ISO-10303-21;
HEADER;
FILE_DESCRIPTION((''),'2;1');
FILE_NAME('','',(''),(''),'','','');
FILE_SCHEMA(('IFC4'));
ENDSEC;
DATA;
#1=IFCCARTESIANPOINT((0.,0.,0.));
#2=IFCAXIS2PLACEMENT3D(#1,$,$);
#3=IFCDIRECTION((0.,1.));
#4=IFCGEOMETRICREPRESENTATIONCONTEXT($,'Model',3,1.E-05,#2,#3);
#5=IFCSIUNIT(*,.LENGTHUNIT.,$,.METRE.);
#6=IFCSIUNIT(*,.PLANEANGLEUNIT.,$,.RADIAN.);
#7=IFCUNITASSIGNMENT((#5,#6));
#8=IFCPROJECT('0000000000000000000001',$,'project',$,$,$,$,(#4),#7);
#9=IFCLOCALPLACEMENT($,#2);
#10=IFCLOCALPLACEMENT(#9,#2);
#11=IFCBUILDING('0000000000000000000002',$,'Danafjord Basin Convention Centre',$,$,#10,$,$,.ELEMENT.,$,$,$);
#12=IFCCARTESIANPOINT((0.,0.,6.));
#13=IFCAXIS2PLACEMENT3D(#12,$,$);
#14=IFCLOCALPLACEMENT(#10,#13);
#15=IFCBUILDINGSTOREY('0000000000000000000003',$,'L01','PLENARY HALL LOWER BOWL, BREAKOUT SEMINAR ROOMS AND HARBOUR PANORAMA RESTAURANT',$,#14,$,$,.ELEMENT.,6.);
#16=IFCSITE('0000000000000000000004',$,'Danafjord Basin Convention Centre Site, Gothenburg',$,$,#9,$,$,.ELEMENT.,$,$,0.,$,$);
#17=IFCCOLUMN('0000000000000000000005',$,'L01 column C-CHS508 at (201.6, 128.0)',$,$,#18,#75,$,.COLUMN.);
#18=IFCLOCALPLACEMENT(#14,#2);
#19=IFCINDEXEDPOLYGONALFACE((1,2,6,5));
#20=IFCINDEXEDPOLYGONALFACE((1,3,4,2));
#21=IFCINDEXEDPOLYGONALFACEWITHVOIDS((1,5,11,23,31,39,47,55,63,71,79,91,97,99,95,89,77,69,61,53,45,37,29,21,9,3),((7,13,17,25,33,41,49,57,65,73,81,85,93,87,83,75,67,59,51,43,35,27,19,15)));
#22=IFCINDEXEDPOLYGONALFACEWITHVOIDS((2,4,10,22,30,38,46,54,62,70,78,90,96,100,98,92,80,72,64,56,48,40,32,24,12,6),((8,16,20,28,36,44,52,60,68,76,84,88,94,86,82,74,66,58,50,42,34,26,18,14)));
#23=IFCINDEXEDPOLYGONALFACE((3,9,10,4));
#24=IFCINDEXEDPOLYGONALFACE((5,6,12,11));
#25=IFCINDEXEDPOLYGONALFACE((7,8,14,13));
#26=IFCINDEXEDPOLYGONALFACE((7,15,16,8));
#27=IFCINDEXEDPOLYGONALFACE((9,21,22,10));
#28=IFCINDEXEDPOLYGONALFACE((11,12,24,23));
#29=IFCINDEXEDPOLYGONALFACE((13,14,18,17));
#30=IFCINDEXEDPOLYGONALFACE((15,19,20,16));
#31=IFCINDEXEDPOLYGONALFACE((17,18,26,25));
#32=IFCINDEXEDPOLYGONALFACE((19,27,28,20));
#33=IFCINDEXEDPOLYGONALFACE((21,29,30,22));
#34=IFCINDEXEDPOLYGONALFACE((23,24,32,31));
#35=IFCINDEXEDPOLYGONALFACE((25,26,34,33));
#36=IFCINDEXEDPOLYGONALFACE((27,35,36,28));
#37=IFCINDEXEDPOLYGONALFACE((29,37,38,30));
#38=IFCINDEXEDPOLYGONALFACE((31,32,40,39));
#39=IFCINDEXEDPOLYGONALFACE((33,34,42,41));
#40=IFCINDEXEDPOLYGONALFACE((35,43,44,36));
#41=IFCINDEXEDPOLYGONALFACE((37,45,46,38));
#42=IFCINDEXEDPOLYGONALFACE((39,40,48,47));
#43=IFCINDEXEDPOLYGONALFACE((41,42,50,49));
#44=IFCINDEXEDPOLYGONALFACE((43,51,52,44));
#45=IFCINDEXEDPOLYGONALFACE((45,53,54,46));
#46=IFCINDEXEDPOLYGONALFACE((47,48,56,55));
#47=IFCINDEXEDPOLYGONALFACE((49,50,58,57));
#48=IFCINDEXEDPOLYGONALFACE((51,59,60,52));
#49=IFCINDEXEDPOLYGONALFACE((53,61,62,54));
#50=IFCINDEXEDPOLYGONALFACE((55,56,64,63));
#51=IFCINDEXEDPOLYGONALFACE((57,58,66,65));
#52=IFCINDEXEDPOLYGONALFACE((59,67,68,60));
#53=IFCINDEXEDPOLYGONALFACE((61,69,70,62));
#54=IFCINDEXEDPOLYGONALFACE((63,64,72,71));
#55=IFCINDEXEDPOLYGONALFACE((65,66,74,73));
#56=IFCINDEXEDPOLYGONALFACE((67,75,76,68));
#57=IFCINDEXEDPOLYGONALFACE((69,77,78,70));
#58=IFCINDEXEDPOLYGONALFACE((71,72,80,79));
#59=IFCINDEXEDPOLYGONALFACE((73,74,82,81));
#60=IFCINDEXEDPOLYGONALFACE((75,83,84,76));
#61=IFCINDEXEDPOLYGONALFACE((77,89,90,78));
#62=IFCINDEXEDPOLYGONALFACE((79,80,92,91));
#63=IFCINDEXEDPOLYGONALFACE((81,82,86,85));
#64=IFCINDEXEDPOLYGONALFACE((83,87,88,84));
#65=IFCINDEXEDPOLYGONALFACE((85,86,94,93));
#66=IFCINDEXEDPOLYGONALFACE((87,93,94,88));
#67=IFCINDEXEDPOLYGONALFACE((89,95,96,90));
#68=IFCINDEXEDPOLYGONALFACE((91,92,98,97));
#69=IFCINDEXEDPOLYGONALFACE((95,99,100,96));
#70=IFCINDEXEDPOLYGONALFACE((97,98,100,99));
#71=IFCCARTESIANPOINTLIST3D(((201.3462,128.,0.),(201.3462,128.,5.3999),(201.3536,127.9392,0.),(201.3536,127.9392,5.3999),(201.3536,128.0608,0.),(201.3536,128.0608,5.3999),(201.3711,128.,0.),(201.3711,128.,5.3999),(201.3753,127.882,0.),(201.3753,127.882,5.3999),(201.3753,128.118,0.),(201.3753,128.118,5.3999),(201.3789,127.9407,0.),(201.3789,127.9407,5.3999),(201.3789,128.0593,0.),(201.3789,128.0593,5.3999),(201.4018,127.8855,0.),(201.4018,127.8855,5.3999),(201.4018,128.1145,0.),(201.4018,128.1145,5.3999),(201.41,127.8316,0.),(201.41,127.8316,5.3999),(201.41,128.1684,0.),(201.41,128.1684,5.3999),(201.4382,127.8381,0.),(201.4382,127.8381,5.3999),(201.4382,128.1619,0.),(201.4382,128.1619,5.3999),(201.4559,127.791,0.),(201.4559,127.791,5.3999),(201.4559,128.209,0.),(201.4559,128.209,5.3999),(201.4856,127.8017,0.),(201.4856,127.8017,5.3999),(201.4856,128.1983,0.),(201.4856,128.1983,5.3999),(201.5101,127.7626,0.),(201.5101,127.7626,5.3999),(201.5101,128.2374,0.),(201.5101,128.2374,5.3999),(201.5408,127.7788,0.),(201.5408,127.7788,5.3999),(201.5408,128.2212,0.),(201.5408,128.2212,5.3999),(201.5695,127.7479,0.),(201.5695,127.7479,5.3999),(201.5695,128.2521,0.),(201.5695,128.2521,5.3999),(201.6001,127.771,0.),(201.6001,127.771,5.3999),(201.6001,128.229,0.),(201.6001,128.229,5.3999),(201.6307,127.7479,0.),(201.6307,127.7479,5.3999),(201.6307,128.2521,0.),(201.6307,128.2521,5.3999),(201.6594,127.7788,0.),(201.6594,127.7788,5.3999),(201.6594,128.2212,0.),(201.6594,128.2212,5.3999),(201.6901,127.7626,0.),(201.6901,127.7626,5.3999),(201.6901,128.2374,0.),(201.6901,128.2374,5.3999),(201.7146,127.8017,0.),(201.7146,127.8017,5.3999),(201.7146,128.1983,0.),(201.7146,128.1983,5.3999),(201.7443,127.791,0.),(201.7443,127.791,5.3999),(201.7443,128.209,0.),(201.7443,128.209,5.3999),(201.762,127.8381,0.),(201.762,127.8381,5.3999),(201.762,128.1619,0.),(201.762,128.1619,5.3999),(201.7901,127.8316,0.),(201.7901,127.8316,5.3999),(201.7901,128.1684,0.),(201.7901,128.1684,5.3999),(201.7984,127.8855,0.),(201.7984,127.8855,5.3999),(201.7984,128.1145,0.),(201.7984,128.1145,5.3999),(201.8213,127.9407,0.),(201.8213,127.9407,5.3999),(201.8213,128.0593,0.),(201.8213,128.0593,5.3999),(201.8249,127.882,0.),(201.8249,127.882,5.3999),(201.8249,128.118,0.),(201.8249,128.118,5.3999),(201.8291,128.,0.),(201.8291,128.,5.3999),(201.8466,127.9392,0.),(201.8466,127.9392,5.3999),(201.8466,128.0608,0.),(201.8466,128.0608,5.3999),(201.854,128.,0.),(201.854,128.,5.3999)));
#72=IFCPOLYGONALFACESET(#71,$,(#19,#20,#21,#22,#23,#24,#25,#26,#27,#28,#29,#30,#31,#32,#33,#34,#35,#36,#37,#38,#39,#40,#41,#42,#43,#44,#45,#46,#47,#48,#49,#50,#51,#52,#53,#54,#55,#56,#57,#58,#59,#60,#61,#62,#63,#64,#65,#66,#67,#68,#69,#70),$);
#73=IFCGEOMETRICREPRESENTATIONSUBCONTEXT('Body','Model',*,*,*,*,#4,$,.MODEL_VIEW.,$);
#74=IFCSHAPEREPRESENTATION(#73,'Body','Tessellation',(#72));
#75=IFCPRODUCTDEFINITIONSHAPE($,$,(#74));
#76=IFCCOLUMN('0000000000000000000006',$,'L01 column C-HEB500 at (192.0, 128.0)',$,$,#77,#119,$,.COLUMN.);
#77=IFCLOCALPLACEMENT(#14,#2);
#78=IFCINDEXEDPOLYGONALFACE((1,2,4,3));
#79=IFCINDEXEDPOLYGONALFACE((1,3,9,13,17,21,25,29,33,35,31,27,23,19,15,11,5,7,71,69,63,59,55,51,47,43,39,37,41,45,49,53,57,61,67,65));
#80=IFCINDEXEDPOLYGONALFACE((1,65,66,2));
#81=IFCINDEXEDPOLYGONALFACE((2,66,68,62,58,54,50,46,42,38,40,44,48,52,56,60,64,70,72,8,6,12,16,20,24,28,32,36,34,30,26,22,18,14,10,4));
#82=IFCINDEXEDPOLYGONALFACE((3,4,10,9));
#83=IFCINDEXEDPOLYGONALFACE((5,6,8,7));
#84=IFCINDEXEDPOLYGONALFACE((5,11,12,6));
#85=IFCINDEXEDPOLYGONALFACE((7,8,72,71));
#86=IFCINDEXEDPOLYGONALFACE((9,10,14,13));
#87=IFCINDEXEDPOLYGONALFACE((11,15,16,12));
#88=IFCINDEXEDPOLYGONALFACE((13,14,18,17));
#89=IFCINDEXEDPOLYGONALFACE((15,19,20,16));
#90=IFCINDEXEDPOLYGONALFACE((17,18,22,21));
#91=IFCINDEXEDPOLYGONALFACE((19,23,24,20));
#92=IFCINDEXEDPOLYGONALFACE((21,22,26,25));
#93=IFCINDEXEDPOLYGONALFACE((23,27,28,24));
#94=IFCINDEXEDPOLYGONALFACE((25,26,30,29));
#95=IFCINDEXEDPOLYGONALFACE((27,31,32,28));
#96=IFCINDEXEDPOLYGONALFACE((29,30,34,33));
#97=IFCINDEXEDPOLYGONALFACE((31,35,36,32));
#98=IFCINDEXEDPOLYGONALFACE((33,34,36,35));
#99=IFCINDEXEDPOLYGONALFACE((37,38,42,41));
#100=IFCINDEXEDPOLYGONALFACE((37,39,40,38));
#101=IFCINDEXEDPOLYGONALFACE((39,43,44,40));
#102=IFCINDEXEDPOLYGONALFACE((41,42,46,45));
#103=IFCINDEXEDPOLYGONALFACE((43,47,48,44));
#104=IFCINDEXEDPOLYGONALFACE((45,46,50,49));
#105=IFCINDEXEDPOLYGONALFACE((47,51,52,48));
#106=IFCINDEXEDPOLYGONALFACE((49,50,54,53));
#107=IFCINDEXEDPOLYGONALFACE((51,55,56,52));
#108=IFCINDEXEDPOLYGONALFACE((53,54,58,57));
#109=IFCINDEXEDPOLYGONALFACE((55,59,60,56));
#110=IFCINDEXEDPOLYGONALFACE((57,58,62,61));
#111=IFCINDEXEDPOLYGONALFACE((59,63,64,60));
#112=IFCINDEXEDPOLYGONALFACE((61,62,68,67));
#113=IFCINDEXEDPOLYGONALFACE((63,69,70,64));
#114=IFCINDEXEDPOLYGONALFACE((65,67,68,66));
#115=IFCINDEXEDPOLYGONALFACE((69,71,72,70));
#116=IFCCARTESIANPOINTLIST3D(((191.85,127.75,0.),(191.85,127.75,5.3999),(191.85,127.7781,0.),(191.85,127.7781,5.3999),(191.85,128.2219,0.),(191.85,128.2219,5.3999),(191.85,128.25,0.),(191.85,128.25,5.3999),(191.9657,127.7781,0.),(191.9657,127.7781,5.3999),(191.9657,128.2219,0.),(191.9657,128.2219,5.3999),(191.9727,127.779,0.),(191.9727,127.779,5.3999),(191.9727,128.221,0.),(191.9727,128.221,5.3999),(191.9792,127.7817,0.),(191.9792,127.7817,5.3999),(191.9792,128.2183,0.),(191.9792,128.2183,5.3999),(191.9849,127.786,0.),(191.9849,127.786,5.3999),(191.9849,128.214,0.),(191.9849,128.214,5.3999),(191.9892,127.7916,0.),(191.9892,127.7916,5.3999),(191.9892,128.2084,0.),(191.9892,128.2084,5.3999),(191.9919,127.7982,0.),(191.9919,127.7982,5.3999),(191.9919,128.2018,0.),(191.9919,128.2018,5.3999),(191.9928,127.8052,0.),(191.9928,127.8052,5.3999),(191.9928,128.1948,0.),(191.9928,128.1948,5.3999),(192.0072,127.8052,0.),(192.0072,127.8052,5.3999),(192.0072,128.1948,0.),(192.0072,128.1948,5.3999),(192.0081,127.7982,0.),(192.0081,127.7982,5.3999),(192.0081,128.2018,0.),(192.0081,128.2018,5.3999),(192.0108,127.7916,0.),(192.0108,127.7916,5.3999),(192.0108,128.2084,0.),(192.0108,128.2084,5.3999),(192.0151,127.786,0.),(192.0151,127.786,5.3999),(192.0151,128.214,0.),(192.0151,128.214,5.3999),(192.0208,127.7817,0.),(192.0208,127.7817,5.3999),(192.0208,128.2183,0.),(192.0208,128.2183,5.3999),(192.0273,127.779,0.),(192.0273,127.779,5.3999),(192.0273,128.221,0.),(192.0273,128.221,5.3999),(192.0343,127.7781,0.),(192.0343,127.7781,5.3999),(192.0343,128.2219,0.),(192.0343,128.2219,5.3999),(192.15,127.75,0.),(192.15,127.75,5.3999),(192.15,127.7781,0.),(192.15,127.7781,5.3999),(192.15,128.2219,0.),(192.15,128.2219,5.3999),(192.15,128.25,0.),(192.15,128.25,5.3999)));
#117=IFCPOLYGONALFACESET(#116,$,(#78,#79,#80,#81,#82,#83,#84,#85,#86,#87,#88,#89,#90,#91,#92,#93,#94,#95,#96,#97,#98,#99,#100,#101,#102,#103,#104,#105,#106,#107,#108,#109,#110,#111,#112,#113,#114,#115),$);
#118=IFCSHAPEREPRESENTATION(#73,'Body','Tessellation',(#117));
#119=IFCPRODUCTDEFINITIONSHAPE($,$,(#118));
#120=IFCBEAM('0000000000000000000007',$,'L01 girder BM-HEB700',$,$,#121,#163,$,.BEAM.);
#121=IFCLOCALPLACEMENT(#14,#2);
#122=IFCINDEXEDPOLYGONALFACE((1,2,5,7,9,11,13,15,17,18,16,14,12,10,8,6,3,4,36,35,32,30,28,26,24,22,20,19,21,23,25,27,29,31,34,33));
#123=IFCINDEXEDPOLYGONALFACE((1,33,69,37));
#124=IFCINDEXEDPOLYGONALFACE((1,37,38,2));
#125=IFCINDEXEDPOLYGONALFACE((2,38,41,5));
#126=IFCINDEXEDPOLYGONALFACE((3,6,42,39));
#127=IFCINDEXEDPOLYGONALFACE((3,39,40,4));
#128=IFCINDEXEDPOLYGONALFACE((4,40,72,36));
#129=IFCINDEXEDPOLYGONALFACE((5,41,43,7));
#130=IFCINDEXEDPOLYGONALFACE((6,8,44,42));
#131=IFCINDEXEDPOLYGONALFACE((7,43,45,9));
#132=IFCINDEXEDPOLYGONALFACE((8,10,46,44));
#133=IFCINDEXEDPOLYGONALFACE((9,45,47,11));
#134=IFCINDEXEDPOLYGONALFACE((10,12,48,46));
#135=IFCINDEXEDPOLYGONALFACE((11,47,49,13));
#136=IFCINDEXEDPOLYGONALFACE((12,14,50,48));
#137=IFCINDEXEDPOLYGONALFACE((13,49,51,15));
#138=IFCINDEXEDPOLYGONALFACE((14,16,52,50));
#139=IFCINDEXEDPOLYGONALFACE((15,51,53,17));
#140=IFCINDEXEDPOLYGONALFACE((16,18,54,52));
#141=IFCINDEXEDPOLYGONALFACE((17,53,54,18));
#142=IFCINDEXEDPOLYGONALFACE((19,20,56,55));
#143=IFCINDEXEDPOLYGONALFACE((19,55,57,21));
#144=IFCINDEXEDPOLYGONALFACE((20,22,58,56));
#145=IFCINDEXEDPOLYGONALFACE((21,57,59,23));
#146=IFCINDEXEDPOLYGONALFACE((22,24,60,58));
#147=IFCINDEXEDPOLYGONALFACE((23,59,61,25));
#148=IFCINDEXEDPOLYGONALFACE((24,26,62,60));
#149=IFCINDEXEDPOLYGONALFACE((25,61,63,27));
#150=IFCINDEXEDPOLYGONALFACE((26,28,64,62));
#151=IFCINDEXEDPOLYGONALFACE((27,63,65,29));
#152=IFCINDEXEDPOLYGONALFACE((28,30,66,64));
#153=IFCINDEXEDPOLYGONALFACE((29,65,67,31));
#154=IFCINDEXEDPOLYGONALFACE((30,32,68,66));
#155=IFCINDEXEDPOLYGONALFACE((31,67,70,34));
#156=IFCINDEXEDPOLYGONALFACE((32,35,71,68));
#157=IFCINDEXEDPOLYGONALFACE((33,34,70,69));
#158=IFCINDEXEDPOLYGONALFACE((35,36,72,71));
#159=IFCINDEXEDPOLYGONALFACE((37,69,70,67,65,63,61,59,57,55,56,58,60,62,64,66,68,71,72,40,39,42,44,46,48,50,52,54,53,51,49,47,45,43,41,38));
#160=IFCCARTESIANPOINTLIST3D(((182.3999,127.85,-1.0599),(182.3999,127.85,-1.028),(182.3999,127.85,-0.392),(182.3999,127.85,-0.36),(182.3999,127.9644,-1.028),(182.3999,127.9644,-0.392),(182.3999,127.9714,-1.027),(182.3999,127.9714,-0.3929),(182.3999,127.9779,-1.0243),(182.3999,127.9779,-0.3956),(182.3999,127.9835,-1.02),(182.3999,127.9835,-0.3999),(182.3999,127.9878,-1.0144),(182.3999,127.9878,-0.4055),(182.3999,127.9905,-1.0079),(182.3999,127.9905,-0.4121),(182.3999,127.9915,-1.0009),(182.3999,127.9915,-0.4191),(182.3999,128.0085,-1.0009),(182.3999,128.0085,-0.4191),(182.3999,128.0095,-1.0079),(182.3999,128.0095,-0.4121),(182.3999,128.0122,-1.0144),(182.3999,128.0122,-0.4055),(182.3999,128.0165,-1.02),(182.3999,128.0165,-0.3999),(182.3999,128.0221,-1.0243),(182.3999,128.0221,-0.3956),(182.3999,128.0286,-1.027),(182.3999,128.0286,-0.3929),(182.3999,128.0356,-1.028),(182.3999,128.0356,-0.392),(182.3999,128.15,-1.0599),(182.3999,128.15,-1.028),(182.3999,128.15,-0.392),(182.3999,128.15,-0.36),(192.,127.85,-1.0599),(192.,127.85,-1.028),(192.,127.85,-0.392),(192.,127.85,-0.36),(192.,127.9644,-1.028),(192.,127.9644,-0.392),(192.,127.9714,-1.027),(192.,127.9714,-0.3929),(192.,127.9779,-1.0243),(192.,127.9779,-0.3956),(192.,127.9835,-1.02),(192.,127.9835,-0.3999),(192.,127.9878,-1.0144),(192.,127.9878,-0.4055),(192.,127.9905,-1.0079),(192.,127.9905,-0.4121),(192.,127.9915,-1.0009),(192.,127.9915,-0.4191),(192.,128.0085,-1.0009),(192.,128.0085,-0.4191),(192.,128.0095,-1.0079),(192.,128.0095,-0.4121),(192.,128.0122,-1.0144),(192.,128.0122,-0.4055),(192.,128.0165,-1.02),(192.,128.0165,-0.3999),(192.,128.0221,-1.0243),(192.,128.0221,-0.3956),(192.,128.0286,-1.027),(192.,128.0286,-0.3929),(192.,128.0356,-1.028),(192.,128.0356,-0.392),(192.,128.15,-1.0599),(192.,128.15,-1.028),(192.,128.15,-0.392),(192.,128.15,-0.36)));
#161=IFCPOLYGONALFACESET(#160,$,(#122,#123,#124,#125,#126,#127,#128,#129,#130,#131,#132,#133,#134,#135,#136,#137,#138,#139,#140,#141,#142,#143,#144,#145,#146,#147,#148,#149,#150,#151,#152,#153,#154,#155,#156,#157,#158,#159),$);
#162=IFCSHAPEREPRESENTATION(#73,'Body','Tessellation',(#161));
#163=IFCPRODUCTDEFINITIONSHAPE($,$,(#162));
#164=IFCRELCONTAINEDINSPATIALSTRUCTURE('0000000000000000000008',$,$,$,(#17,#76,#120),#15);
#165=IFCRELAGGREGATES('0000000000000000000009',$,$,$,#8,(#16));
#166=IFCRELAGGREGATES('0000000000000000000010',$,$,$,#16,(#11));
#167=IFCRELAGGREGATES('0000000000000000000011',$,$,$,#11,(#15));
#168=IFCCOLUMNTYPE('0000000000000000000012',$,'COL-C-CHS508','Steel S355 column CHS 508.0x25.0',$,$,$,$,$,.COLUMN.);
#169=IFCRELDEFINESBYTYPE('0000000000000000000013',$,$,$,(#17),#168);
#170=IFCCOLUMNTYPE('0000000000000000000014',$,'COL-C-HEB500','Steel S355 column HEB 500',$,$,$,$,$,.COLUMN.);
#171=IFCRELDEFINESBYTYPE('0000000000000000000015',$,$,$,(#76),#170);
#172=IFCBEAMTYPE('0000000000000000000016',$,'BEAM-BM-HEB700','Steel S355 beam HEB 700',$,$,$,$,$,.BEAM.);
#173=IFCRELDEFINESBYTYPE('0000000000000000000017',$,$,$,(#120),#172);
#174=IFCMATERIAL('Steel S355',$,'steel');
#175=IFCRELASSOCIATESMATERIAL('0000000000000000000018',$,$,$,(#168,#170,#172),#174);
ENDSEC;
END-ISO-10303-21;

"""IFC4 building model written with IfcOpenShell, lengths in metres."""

from ifc_helpers import new_model, si_unit, direction, frame, origin, origin_2d, place, context, subcontext, project, spatial, hollow_circle, i_section, extrude, material, material_profile, profile_set, type_object, element, save


model = new_model("IFC4")

# Units and contexts
model_context = context("Model", 3, precision=1e-05, world=origin(), true_north=direction((0.0, 1.0)))
body_context = subcontext(model_context, "Body", "Model", "MODEL_VIEW")
ifc_project = project(units=[si_unit("LENGTHUNIT", "METRE"), si_unit("PLANEANGLEUNIT", "RADIAN")], contexts=[model_context])

# Site, building, storey
site_placement = place(None, origin())
site = spatial("IfcSite", under=ifc_project, at=site_placement, Name="Danafjord Basin Convention Centre Site, Gothenburg", CompositionType="ELEMENT", RefElevation=0.0)
building_placement = place(site_placement, origin())
building = spatial("IfcBuilding", under=site, at=building_placement, Name="Danafjord Basin Convention Centre", CompositionType="ELEMENT")
storey_placement = place(building_placement, frame((0.0, 0.0, 6.0)))
storey = spatial("IfcBuildingStorey", under=building, at=storey_placement, Name="L01", Description="PLENARY HALL LOWER BOWL, BREAKOUT SEMINAR ROOMS AND HARBOUR PANORAMA RESTAURANT", CompositionType="ELEMENT", Elevation=6.0)

# Columns
ifc_material_1 = material(Name="Steel S355", Category="steel")
ifc_material_profile_1 = material_profile(ifc_material_1, hollow_circle(Radius=0.2539, WallThickness=0.0249, at=origin_2d()), Name="CHS 508.0x25.0")
ifc_profile_set_1 = profile_set([ifc_material_profile_1], Name="Steel S355")
column_type_1 = type_object("IfcColumnType", Name="COL-C-CHS508", Description="Steel S355 column CHS 508.0x25.0", PredefinedType="COLUMN", material=ifc_profile_set_1)
column_1_placement = place(storey_placement, frame((201.6001, 128.0, 0.0), z_axis=(0.0, 0.0, 1.0), x_axis=(1.0, 0.0, 0.0)))
element("IfcColumn", 1, at=column_1_placement, inside=storey, type_object=column_type_1, Name="L01 column C-CHS508 at (201.6, 128.0)", PredefinedType="COLUMN", context=body_context, shape_type="SweptSolid", body=[
    extrude(hollow_circle(Radius=0.2539, WallThickness=0.0249, at=origin_2d()), origin(), (0.0, 0.0, 1.0), 5.3999),
])
ifc_material_profile_2 = material_profile(ifc_material_1, i_section(OverallWidth=0.3, OverallDepth=0.5, WebThickness=0.0144, FlangeThickness=0.0281, FilletRadius=0.0271, at=origin_2d()), Name="HEB 500")
ifc_profile_set_2 = profile_set([ifc_material_profile_2], Name="Steel S355")
column_type_2 = type_object("IfcColumnType", Name="COL-C-HEB500", Description="Steel S355 column HEB 500", PredefinedType="COLUMN", material=ifc_profile_set_2)
column_2_placement = place(storey_placement, frame((192.0, 128.0, 0.0), z_axis=(0.0, 0.0, 1.0), x_axis=(1.0, 0.0, 0.0)))
element("IfcColumn", 2, at=column_2_placement, inside=storey, type_object=column_type_2, Name="L01 column C-HEB500 at (192.0, 128.0)", PredefinedType="COLUMN", context=body_context, shape_type="SweptSolid", body=[
    extrude(i_section(OverallWidth=0.3, OverallDepth=0.5, WebThickness=0.0144, FlangeThickness=0.0281, FilletRadius=0.0271, at=origin_2d()), origin(), (0.0, 0.0, 1.0), 5.3999),
])

# Beam
ifc_material_profile_3 = material_profile(ifc_material_1, i_section(OverallWidth=0.3, OverallDepth=0.7, WebThickness=0.0171, FlangeThickness=0.032, FilletRadius=0.0271, at=origin_2d()), Name="HEB 700")
ifc_profile_set_3 = profile_set([ifc_material_profile_3], Name="Steel S355")
beam_type_1 = type_object("IfcBeamType", Name="BEAM-BM-HEB700", Description="Steel S355 beam HEB 700", PredefinedType="BEAM", material=ifc_profile_set_3)
beam_1_placement = place(storey_placement, frame((182.3999, 128.0, -0.71), z_axis=(1.0, 0.0, 0.0), x_axis=(0.0, 1.0, 0.0)))
element("IfcBeam", 3, at=beam_1_placement, inside=storey, type_object=beam_type_1, Name="L01 girder BM-HEB700", PredefinedType="BEAM", context=body_context, shape_type="SweptSolid", body=[
    extrude(i_section(OverallWidth=0.3, OverallDepth=0.7, WebThickness=0.0171, FlangeThickness=0.032, FilletRadius=0.0271, at=origin_2d()), origin(), (0.0, 0.0, 1.0), 9.6001),
])

save(model, "model.ifc")
